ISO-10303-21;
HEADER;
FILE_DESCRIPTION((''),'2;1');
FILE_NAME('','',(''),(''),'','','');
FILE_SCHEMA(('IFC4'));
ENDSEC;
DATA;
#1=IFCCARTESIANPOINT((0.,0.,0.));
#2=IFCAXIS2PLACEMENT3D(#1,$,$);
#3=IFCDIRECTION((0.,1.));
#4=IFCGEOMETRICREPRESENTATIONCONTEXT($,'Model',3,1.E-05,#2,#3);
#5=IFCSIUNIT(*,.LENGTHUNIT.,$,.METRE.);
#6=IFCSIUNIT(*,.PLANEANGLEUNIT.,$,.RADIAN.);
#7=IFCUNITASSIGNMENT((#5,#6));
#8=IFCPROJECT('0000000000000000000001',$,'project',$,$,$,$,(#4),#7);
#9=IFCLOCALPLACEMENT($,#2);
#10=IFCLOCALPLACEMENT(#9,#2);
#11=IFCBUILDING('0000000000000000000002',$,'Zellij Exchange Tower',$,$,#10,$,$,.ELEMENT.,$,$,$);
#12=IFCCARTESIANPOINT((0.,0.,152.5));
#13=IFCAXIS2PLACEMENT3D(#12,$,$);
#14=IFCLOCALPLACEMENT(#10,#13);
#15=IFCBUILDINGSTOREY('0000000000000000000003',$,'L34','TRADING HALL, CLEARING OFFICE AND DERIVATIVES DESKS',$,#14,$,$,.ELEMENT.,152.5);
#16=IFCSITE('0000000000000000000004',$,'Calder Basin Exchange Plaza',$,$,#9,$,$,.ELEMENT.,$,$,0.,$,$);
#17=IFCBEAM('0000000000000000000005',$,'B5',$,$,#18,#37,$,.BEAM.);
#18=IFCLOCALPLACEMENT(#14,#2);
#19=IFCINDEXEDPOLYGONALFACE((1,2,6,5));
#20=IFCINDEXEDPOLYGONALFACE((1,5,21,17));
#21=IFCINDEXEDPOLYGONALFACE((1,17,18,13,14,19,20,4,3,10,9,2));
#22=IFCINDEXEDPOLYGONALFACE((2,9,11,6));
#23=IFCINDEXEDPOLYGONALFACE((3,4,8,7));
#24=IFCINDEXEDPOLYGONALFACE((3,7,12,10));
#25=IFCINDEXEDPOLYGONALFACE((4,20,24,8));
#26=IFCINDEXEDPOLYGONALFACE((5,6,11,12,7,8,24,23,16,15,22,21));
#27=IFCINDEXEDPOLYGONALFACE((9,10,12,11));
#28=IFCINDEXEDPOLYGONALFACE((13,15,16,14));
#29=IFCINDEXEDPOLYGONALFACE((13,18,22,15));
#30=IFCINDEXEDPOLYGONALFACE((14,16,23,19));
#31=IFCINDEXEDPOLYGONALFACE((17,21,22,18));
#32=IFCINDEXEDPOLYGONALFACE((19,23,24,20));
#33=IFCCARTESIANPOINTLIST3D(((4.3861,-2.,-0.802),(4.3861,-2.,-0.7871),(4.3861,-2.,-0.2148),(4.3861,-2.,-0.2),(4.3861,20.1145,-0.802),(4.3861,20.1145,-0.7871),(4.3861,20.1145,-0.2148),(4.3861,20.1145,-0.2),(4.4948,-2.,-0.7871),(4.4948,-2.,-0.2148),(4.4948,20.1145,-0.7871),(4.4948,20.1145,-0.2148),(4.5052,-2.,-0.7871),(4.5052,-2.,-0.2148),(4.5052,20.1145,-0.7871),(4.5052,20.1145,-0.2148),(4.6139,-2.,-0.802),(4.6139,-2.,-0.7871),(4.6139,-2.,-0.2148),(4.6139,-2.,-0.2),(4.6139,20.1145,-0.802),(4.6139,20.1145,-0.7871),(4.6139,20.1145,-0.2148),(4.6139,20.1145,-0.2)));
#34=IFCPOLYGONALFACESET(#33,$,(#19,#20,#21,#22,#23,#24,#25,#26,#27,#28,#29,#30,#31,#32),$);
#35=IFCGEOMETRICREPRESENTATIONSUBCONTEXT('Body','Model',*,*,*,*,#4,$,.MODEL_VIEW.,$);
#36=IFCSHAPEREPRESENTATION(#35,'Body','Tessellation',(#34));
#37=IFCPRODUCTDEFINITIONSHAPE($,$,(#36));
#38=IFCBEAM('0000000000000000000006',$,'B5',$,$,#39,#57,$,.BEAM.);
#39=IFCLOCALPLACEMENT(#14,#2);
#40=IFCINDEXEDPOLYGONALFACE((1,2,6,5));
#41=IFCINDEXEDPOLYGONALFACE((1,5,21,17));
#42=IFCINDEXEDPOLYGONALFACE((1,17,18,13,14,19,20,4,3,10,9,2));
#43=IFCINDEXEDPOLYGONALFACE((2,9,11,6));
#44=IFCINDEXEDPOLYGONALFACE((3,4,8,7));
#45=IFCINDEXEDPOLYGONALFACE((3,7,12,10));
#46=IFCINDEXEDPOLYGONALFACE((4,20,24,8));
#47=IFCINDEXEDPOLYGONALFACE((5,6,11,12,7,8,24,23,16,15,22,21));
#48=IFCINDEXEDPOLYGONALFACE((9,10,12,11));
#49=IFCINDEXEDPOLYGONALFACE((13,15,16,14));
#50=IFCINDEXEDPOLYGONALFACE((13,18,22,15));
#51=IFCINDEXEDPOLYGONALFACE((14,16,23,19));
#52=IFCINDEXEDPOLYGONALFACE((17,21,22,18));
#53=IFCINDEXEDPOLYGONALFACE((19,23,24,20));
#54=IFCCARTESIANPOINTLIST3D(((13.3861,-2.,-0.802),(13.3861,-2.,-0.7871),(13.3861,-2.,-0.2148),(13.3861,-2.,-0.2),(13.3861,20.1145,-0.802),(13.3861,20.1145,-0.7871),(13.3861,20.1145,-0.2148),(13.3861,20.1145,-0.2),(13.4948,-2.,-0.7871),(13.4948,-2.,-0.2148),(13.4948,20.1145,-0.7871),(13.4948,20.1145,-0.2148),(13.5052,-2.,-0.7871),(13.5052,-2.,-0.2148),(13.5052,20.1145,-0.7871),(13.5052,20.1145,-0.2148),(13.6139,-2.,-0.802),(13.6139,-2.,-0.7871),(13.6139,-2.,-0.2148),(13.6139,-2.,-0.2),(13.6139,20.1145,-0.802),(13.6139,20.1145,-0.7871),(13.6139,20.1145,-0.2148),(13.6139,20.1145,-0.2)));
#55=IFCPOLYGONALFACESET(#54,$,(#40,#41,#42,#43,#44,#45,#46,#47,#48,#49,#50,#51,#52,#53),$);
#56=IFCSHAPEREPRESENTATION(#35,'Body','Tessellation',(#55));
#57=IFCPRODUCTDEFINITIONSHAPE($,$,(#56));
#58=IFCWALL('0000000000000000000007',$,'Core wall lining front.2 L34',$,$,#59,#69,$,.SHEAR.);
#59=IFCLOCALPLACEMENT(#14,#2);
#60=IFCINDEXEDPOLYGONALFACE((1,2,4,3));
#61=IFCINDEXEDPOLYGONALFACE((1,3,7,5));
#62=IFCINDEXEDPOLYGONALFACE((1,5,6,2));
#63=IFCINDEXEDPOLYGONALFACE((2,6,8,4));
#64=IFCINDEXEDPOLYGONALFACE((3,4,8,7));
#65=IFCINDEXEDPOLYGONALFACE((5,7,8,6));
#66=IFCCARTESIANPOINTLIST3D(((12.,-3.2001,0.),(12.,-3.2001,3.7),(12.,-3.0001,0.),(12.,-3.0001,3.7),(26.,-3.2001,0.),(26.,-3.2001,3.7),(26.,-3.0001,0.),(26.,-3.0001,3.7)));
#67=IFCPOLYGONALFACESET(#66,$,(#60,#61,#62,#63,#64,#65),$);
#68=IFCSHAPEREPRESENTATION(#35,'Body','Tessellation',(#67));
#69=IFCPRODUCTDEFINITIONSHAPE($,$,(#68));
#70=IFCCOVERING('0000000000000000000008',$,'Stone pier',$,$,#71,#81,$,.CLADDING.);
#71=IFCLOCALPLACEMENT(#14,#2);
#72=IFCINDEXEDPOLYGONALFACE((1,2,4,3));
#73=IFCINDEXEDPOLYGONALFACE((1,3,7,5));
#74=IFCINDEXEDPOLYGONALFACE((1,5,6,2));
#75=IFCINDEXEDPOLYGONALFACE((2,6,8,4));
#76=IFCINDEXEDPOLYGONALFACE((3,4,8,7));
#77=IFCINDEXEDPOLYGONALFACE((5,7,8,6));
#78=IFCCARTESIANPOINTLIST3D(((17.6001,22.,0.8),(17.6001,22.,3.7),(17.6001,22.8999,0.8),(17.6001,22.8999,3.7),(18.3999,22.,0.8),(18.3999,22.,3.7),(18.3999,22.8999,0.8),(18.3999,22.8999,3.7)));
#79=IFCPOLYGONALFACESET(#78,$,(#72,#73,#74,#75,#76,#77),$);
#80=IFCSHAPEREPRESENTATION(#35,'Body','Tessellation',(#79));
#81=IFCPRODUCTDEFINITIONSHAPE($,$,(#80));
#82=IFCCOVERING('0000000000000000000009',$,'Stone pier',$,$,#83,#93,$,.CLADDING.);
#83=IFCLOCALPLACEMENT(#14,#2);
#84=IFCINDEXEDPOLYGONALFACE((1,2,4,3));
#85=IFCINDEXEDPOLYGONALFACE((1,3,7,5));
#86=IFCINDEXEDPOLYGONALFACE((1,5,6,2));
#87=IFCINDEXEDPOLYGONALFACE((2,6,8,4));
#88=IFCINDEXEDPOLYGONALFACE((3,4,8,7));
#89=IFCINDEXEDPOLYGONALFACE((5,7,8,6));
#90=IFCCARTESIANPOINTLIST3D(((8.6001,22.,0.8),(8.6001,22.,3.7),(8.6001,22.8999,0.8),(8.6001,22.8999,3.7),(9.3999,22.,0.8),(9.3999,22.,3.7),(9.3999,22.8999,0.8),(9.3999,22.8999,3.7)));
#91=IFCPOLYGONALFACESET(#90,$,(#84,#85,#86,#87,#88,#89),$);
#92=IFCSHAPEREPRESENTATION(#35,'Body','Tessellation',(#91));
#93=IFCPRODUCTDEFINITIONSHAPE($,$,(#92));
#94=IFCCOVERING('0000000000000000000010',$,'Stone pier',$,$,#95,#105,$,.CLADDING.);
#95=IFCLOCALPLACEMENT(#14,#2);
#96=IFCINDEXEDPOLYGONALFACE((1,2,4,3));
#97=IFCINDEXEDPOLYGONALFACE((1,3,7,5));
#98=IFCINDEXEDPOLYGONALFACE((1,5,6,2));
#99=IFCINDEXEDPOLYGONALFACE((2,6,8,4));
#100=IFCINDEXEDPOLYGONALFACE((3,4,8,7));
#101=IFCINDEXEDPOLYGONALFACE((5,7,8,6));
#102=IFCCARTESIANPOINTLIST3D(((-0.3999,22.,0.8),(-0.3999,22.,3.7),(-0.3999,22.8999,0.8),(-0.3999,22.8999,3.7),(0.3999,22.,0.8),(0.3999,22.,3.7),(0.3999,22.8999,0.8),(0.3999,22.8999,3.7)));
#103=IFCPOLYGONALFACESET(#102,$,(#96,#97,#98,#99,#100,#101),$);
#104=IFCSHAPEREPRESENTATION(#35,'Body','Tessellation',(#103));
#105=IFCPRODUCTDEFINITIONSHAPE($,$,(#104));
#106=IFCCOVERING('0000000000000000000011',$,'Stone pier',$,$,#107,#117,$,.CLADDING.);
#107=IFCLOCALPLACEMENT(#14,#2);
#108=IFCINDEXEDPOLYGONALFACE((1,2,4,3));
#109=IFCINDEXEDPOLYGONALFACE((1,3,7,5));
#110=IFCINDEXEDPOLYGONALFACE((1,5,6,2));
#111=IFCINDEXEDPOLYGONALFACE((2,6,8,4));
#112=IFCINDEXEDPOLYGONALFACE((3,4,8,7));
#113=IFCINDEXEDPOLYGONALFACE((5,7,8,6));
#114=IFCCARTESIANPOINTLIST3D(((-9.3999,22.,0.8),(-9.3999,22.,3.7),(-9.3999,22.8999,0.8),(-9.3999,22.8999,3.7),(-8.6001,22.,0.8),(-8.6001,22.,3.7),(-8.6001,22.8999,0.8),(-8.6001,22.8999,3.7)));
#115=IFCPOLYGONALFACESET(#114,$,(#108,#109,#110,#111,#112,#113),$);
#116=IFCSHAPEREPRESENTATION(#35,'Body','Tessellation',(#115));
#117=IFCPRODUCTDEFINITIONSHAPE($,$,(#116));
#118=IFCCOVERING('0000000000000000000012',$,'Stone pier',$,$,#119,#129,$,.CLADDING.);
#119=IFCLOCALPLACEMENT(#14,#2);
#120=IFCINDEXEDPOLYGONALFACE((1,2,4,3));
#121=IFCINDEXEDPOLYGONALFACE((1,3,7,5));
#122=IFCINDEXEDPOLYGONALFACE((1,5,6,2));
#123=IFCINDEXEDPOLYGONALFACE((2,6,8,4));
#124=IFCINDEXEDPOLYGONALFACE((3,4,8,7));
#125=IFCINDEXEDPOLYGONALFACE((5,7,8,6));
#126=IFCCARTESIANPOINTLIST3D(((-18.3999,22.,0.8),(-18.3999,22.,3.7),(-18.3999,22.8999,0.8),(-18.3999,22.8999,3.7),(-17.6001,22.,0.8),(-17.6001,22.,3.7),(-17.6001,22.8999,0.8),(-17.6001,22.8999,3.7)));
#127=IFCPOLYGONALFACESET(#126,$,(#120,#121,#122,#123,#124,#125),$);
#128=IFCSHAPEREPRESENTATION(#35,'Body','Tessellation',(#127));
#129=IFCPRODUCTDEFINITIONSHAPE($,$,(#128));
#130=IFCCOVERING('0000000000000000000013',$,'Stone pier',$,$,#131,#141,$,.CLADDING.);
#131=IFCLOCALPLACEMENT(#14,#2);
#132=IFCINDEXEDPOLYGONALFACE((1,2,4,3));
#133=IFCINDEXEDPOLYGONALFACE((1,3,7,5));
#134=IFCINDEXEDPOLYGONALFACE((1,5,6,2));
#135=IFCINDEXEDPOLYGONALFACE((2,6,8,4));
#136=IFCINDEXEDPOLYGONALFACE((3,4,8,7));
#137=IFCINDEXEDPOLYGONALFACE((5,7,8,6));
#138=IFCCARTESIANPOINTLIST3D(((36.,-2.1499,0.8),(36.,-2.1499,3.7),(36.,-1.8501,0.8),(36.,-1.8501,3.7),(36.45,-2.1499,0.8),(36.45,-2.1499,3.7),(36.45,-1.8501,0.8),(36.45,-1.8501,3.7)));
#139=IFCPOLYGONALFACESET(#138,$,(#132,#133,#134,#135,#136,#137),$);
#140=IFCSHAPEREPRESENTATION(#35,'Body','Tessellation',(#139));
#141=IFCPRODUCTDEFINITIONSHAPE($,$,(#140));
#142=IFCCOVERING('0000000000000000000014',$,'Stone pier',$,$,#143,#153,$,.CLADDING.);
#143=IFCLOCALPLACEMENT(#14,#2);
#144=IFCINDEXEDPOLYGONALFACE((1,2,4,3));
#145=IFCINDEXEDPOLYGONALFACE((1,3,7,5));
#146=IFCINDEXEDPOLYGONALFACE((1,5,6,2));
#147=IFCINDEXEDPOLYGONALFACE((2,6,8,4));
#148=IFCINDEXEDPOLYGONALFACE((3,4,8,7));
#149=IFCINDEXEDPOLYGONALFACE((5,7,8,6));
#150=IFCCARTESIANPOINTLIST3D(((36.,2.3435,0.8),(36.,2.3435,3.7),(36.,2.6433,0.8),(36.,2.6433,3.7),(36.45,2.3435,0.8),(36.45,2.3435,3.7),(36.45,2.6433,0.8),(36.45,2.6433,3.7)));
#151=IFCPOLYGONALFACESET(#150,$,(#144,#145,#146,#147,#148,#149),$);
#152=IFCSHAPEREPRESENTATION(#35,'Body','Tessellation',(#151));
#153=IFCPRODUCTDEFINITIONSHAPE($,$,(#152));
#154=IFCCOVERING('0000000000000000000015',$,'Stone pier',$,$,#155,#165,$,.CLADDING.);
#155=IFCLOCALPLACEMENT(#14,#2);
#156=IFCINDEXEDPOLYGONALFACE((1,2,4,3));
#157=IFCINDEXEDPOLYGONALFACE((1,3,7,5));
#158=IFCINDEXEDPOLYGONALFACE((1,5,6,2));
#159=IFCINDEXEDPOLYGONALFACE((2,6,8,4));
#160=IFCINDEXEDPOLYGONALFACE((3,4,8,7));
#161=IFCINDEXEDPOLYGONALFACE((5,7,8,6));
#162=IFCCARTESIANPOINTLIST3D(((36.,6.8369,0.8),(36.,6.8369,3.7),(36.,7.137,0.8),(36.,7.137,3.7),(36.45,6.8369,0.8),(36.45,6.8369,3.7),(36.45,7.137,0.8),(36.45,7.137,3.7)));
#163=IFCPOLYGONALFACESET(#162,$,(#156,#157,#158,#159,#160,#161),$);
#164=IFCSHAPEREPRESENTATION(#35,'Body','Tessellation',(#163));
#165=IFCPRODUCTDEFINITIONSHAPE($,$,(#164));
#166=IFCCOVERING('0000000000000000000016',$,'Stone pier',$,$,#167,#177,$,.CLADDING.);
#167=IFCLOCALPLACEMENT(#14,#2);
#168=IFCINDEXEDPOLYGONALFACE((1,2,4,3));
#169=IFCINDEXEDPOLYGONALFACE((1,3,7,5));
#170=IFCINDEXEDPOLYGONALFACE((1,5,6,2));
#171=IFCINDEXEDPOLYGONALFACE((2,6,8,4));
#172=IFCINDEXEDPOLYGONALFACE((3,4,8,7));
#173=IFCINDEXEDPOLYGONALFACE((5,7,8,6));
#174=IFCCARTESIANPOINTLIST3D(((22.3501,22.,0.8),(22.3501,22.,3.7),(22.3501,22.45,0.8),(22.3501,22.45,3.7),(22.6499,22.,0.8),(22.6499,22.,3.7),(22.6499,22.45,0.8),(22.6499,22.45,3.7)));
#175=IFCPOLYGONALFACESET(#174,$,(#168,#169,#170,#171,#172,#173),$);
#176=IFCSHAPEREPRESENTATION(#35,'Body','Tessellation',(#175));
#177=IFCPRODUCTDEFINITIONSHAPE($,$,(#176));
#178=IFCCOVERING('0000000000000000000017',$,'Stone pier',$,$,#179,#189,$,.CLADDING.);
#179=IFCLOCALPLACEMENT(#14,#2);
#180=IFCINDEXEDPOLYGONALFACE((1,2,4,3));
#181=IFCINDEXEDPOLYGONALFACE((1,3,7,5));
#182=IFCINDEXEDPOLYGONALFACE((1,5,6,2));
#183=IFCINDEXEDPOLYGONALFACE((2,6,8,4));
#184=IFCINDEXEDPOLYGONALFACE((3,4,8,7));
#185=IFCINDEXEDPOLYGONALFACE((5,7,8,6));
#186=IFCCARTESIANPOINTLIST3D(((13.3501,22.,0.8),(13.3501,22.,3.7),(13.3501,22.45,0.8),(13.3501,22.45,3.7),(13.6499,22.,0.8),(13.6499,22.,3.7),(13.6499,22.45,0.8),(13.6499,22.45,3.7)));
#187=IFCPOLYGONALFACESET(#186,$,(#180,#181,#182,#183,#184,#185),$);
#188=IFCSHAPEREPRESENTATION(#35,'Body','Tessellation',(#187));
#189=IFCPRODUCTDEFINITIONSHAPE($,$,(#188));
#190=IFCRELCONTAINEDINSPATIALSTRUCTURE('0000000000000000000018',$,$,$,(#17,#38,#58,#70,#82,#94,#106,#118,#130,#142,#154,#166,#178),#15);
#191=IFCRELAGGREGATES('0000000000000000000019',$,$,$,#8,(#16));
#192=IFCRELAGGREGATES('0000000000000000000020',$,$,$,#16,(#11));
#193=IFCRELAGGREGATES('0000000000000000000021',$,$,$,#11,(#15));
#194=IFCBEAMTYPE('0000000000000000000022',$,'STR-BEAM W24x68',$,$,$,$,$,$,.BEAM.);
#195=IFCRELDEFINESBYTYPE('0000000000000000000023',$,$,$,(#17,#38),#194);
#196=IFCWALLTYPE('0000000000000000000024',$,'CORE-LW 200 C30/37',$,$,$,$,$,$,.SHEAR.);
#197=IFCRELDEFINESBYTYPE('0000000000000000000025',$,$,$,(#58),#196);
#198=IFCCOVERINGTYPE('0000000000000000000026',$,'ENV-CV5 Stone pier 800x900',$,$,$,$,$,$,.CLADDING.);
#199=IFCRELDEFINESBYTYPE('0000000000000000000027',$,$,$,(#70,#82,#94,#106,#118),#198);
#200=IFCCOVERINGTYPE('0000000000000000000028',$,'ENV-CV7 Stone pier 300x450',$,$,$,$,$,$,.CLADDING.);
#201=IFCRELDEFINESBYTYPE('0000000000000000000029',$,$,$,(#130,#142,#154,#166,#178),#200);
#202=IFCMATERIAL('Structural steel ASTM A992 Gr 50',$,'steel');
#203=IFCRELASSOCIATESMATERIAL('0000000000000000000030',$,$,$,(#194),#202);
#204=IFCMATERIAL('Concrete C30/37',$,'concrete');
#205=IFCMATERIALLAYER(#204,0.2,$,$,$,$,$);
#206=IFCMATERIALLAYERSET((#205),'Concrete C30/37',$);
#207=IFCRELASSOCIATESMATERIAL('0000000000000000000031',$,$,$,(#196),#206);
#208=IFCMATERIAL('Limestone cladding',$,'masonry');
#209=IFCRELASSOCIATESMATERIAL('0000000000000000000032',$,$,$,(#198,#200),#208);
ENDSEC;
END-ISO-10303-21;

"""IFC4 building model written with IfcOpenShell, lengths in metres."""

from ifc_helpers import new_model, si_unit, direction, frame, frame_2d, origin, origin_2d, place, context, subcontext, project, spatial, polyline, rectangle, i_section, outline, extrude, material, layer, layer_set, material_profile, profile_set, type_object, element, save


model = new_model("IFC4")

# Units and contexts
model_context = context("Model", 3, precision=1e-05, world=origin(), true_north=direction((0.0, 1.0)))
body_context = subcontext(model_context, "Body", "Model", "MODEL_VIEW")
ifc_project = project(units=[si_unit("LENGTHUNIT", "METRE"), si_unit("PLANEANGLEUNIT", "RADIAN")], contexts=[model_context])

# Site, building, storey
site_placement = place(None, origin())
site = spatial("IfcSite", under=ifc_project, at=site_placement, Name="Calder Basin Exchange Plaza", CompositionType="ELEMENT", RefElevation=0.0)
building_placement = place(site_placement, origin())
building = spatial("IfcBuilding", under=site, at=building_placement, Name="Zellij Exchange Tower", CompositionType="ELEMENT")
storey_placement = place(building_placement, frame((0.0, 0.0, 152.5)))
storey = spatial("IfcBuildingStorey", under=building, at=storey_placement, Name="L34", Description="TRADING HALL, CLEARING OFFICE AND DERIVATIVES DESKS", CompositionType="ELEMENT", Elevation=152.5)

# Beams
ifc_material_1 = material(Name="Structural steel ASTM A992 Gr 50", Category="steel")
ifc_material_profile = material_profile(ifc_material_1, i_section(OverallWidth=0.2278, OverallDepth=0.6021, WebThickness=0.0105, FlangeThickness=0.0149, at=origin_2d()), Name="W24x68")
ifc_profile_set = profile_set([ifc_material_profile], Name="Structural steel ASTM A992 Gr 50")
beam_type = type_object("IfcBeamType", Name="STR-BEAM W24x68", PredefinedType="BEAM", material=ifc_profile_set)
for number, where, z_axis, x_axis, name in (
    (1, (4.5, -2.0, -0.501), (0.0, 1.0, 0.0), (-1.0, 0.0, 0.0), "B5"),
    (2, (13.5, -2.0, -0.501), (0.0, 1.0, 0.0), (-1.0, 0.0, 0.0), "B5"),
):
    element("IfcBeam", number, at=place(storey_placement, frame(where, z_axis=z_axis, x_axis=x_axis)), inside=storey, type_object=beam_type, Name=name, PredefinedType="BEAM", context=body_context, shape_type="SweptSolid", body=[
        extrude(i_section(OverallWidth=0.2278, OverallDepth=0.6021, WebThickness=0.0105, FlangeThickness=0.0149, at=origin_2d()), origin(), (0.0, 0.0, 1.0), 22.1145),
    ])

# Wall
ifc_material_2 = material(Name="Concrete C30/37", Category="concrete")
ifc_layer_1 = layer(ifc_material_2, 0.2)
ifc_layer_set_1 = layer_set([ifc_layer_1], Name="Concrete C30/37")
wall_type = type_object("IfcWallType", Name="CORE-LW 200 C30/37", PredefinedType="SHEAR", material=ifc_layer_set_1)
wall_placement = place(storey_placement, frame((12.0, -3.1001, 0.0), z_axis=(0.0, 0.0, 1.0), x_axis=(1.0, 0.0, 0.0)))
element("IfcWall", 3, at=wall_placement, inside=storey, type_object=wall_type, Name="Core wall lining front.2 L34", PredefinedType="SHEAR", context=body_context, shape_type="SweptSolid", body=[
    extrude(rectangle(XDim=14.0, YDim=0.2, at=frame_2d((7.0, 0.0))), origin(), (0.0, 0.0, 1.0), 3.7),
])

# Coverings
ifc_material_3 = material(Name="Limestone cladding", Category="masonry")
covering_type_1 = type_object("IfcCoveringType", Name="ENV-CV5 Stone pier 800x900", PredefinedType="CLADDING", material=ifc_material_3)
covering_1_placement = place(storey_placement, frame((0.0, 0.0, 0.8)))
element("IfcCovering", 4, at=covering_1_placement, inside=storey, type_object=covering_type_1, Name="Stone pier", PredefinedType="CLADDING", context=body_context, shape_type="SweptSolid", body=[
    extrude(outline(polyline([(18.3999, 22.0), (17.6001, 22.0), (17.6001, 22.8999), (18.3999, 22.8999), (18.3999, 22.0)])), origin(), (0.0, 0.0, 1.0), 2.8999),
])
covering_2_placement = place(storey_placement, frame((0.0, 0.0, 0.8)))
element("IfcCovering", 5, at=covering_2_placement, inside=storey, type_object=covering_type_1, Name="Stone pier", PredefinedType="CLADDING", context=body_context, shape_type="SweptSolid", body=[
    extrude(outline(polyline([(9.3999, 22.0), (8.6001, 22.0), (8.6001, 22.8999), (9.3999, 22.8999), (9.3999, 22.0)])), origin(), (0.0, 0.0, 1.0), 2.8999),
])
covering_3_placement = place(storey_placement, frame((0.0, 0.0, 0.8)))
element("IfcCovering", 6, at=covering_3_placement, inside=storey, type_object=covering_type_1, Name="Stone pier", PredefinedType="CLADDING", context=body_context, shape_type="SweptSolid", body=[
    extrude(outline(polyline([(0.3999, 22.0), (-0.3999, 22.0), (-0.3999, 22.8999), (0.3999, 22.8999), (0.3999, 22.0)])), origin(), (0.0, 0.0, 1.0), 2.8999),
])
covering_4_placement = place(storey_placement, frame((0.0, 0.0, 0.8)))
element("IfcCovering", 7, at=covering_4_placement, inside=storey, type_object=covering_type_1, Name="Stone pier", PredefinedType="CLADDING", context=body_context, shape_type="SweptSolid", body=[
    extrude(outline(polyline([(-8.6001, 22.0), (-9.3999, 22.0), (-9.3999, 22.8999), (-8.6001, 22.8999), (-8.6001, 22.0)])), origin(), (0.0, 0.0, 1.0), 2.8999),
])
covering_5_placement = place(storey_placement, frame((0.0, 0.0, 0.8)))
element("IfcCovering", 8, at=covering_5_placement, inside=storey, type_object=covering_type_1, Name="Stone pier", PredefinedType="CLADDING", context=body_context, shape_type="SweptSolid", body=[
    extrude(outline(polyline([(-17.6001, 22.0), (-18.3999, 22.0), (-18.3999, 22.8999), (-17.6001, 22.8999), (-17.6001, 22.0)])), origin(), (0.0, 0.0, 1.0), 2.8999),
])
covering_type_2 = type_object("IfcCoveringType", Name="ENV-CV7 Stone pier 300x450", PredefinedType="CLADDING", material=ifc_material_3)
covering_6_placement = place(storey_placement, frame((0.0, 0.0, 0.8)))
element("IfcCovering", 9, at=covering_6_placement, inside=storey, type_object=covering_type_2, Name="Stone pier", PredefinedType="CLADDING", context=body_context, shape_type="SweptSolid", body=[
    extrude(outline(polyline([(36.0, -2.1499), (36.0, -1.8501), (36.45, -1.8501), (36.45, -2.1499), (36.0, -2.1499)])), origin(), (0.0, 0.0, 1.0), 2.8999),
])
covering_7_placement = place(storey_placement, frame((0.0, 0.0, 0.8)))
element("IfcCovering", 10, at=covering_7_placement, inside=storey, type_object=covering_type_2, Name="Stone pier", PredefinedType="CLADDING", context=body_context, shape_type="SweptSolid", body=[
    extrude(outline(polyline([(36.0, 2.3435), (36.0, 2.6433), (36.45, 2.6433), (36.45, 2.3435), (36.0, 2.3435)])), origin(), (0.0, 0.0, 1.0), 2.8999),
])
covering_8_placement = place(storey_placement, frame((0.0, 0.0, 0.8)))
element("IfcCovering", 11, at=covering_8_placement, inside=storey, type_object=covering_type_2, Name="Stone pier", PredefinedType="CLADDING", context=body_context, shape_type="SweptSolid", body=[
    extrude(outline(polyline([(36.0, 6.8369), (36.0, 7.137), (36.45, 7.137), (36.45, 6.8369), (36.0, 6.8369)])), origin(), (0.0, 0.0, 1.0), 2.8999),
])
covering_9_placement = place(storey_placement, frame((0.0, 0.0, 0.8)))
element("IfcCovering", 12, at=covering_9_placement, inside=storey, type_object=covering_type_2, Name="Stone pier", PredefinedType="CLADDING", context=body_context, shape_type="SweptSolid", body=[
    extrude(outline(polyline([(22.6499, 22.0), (22.3501, 22.0), (22.3501, 22.45), (22.6499, 22.45), (22.6499, 22.0)])), origin(), (0.0, 0.0, 1.0), 2.8999),
])
covering_10_placement = place(storey_placement, frame((0.0, 0.0, 0.8)))
element("IfcCovering", 13, at=covering_10_placement, inside=storey, type_object=covering_type_2, Name="Stone pier", PredefinedType="CLADDING", context=body_context, shape_type="SweptSolid", body=[
    extrude(outline(polyline([(13.6499, 22.0), (13.3501, 22.0), (13.3501, 22.45), (13.6499, 22.45), (13.6499, 22.0)])), origin(), (0.0, 0.0, 1.0), 2.8999),
])

save(model, "model.ifc")
